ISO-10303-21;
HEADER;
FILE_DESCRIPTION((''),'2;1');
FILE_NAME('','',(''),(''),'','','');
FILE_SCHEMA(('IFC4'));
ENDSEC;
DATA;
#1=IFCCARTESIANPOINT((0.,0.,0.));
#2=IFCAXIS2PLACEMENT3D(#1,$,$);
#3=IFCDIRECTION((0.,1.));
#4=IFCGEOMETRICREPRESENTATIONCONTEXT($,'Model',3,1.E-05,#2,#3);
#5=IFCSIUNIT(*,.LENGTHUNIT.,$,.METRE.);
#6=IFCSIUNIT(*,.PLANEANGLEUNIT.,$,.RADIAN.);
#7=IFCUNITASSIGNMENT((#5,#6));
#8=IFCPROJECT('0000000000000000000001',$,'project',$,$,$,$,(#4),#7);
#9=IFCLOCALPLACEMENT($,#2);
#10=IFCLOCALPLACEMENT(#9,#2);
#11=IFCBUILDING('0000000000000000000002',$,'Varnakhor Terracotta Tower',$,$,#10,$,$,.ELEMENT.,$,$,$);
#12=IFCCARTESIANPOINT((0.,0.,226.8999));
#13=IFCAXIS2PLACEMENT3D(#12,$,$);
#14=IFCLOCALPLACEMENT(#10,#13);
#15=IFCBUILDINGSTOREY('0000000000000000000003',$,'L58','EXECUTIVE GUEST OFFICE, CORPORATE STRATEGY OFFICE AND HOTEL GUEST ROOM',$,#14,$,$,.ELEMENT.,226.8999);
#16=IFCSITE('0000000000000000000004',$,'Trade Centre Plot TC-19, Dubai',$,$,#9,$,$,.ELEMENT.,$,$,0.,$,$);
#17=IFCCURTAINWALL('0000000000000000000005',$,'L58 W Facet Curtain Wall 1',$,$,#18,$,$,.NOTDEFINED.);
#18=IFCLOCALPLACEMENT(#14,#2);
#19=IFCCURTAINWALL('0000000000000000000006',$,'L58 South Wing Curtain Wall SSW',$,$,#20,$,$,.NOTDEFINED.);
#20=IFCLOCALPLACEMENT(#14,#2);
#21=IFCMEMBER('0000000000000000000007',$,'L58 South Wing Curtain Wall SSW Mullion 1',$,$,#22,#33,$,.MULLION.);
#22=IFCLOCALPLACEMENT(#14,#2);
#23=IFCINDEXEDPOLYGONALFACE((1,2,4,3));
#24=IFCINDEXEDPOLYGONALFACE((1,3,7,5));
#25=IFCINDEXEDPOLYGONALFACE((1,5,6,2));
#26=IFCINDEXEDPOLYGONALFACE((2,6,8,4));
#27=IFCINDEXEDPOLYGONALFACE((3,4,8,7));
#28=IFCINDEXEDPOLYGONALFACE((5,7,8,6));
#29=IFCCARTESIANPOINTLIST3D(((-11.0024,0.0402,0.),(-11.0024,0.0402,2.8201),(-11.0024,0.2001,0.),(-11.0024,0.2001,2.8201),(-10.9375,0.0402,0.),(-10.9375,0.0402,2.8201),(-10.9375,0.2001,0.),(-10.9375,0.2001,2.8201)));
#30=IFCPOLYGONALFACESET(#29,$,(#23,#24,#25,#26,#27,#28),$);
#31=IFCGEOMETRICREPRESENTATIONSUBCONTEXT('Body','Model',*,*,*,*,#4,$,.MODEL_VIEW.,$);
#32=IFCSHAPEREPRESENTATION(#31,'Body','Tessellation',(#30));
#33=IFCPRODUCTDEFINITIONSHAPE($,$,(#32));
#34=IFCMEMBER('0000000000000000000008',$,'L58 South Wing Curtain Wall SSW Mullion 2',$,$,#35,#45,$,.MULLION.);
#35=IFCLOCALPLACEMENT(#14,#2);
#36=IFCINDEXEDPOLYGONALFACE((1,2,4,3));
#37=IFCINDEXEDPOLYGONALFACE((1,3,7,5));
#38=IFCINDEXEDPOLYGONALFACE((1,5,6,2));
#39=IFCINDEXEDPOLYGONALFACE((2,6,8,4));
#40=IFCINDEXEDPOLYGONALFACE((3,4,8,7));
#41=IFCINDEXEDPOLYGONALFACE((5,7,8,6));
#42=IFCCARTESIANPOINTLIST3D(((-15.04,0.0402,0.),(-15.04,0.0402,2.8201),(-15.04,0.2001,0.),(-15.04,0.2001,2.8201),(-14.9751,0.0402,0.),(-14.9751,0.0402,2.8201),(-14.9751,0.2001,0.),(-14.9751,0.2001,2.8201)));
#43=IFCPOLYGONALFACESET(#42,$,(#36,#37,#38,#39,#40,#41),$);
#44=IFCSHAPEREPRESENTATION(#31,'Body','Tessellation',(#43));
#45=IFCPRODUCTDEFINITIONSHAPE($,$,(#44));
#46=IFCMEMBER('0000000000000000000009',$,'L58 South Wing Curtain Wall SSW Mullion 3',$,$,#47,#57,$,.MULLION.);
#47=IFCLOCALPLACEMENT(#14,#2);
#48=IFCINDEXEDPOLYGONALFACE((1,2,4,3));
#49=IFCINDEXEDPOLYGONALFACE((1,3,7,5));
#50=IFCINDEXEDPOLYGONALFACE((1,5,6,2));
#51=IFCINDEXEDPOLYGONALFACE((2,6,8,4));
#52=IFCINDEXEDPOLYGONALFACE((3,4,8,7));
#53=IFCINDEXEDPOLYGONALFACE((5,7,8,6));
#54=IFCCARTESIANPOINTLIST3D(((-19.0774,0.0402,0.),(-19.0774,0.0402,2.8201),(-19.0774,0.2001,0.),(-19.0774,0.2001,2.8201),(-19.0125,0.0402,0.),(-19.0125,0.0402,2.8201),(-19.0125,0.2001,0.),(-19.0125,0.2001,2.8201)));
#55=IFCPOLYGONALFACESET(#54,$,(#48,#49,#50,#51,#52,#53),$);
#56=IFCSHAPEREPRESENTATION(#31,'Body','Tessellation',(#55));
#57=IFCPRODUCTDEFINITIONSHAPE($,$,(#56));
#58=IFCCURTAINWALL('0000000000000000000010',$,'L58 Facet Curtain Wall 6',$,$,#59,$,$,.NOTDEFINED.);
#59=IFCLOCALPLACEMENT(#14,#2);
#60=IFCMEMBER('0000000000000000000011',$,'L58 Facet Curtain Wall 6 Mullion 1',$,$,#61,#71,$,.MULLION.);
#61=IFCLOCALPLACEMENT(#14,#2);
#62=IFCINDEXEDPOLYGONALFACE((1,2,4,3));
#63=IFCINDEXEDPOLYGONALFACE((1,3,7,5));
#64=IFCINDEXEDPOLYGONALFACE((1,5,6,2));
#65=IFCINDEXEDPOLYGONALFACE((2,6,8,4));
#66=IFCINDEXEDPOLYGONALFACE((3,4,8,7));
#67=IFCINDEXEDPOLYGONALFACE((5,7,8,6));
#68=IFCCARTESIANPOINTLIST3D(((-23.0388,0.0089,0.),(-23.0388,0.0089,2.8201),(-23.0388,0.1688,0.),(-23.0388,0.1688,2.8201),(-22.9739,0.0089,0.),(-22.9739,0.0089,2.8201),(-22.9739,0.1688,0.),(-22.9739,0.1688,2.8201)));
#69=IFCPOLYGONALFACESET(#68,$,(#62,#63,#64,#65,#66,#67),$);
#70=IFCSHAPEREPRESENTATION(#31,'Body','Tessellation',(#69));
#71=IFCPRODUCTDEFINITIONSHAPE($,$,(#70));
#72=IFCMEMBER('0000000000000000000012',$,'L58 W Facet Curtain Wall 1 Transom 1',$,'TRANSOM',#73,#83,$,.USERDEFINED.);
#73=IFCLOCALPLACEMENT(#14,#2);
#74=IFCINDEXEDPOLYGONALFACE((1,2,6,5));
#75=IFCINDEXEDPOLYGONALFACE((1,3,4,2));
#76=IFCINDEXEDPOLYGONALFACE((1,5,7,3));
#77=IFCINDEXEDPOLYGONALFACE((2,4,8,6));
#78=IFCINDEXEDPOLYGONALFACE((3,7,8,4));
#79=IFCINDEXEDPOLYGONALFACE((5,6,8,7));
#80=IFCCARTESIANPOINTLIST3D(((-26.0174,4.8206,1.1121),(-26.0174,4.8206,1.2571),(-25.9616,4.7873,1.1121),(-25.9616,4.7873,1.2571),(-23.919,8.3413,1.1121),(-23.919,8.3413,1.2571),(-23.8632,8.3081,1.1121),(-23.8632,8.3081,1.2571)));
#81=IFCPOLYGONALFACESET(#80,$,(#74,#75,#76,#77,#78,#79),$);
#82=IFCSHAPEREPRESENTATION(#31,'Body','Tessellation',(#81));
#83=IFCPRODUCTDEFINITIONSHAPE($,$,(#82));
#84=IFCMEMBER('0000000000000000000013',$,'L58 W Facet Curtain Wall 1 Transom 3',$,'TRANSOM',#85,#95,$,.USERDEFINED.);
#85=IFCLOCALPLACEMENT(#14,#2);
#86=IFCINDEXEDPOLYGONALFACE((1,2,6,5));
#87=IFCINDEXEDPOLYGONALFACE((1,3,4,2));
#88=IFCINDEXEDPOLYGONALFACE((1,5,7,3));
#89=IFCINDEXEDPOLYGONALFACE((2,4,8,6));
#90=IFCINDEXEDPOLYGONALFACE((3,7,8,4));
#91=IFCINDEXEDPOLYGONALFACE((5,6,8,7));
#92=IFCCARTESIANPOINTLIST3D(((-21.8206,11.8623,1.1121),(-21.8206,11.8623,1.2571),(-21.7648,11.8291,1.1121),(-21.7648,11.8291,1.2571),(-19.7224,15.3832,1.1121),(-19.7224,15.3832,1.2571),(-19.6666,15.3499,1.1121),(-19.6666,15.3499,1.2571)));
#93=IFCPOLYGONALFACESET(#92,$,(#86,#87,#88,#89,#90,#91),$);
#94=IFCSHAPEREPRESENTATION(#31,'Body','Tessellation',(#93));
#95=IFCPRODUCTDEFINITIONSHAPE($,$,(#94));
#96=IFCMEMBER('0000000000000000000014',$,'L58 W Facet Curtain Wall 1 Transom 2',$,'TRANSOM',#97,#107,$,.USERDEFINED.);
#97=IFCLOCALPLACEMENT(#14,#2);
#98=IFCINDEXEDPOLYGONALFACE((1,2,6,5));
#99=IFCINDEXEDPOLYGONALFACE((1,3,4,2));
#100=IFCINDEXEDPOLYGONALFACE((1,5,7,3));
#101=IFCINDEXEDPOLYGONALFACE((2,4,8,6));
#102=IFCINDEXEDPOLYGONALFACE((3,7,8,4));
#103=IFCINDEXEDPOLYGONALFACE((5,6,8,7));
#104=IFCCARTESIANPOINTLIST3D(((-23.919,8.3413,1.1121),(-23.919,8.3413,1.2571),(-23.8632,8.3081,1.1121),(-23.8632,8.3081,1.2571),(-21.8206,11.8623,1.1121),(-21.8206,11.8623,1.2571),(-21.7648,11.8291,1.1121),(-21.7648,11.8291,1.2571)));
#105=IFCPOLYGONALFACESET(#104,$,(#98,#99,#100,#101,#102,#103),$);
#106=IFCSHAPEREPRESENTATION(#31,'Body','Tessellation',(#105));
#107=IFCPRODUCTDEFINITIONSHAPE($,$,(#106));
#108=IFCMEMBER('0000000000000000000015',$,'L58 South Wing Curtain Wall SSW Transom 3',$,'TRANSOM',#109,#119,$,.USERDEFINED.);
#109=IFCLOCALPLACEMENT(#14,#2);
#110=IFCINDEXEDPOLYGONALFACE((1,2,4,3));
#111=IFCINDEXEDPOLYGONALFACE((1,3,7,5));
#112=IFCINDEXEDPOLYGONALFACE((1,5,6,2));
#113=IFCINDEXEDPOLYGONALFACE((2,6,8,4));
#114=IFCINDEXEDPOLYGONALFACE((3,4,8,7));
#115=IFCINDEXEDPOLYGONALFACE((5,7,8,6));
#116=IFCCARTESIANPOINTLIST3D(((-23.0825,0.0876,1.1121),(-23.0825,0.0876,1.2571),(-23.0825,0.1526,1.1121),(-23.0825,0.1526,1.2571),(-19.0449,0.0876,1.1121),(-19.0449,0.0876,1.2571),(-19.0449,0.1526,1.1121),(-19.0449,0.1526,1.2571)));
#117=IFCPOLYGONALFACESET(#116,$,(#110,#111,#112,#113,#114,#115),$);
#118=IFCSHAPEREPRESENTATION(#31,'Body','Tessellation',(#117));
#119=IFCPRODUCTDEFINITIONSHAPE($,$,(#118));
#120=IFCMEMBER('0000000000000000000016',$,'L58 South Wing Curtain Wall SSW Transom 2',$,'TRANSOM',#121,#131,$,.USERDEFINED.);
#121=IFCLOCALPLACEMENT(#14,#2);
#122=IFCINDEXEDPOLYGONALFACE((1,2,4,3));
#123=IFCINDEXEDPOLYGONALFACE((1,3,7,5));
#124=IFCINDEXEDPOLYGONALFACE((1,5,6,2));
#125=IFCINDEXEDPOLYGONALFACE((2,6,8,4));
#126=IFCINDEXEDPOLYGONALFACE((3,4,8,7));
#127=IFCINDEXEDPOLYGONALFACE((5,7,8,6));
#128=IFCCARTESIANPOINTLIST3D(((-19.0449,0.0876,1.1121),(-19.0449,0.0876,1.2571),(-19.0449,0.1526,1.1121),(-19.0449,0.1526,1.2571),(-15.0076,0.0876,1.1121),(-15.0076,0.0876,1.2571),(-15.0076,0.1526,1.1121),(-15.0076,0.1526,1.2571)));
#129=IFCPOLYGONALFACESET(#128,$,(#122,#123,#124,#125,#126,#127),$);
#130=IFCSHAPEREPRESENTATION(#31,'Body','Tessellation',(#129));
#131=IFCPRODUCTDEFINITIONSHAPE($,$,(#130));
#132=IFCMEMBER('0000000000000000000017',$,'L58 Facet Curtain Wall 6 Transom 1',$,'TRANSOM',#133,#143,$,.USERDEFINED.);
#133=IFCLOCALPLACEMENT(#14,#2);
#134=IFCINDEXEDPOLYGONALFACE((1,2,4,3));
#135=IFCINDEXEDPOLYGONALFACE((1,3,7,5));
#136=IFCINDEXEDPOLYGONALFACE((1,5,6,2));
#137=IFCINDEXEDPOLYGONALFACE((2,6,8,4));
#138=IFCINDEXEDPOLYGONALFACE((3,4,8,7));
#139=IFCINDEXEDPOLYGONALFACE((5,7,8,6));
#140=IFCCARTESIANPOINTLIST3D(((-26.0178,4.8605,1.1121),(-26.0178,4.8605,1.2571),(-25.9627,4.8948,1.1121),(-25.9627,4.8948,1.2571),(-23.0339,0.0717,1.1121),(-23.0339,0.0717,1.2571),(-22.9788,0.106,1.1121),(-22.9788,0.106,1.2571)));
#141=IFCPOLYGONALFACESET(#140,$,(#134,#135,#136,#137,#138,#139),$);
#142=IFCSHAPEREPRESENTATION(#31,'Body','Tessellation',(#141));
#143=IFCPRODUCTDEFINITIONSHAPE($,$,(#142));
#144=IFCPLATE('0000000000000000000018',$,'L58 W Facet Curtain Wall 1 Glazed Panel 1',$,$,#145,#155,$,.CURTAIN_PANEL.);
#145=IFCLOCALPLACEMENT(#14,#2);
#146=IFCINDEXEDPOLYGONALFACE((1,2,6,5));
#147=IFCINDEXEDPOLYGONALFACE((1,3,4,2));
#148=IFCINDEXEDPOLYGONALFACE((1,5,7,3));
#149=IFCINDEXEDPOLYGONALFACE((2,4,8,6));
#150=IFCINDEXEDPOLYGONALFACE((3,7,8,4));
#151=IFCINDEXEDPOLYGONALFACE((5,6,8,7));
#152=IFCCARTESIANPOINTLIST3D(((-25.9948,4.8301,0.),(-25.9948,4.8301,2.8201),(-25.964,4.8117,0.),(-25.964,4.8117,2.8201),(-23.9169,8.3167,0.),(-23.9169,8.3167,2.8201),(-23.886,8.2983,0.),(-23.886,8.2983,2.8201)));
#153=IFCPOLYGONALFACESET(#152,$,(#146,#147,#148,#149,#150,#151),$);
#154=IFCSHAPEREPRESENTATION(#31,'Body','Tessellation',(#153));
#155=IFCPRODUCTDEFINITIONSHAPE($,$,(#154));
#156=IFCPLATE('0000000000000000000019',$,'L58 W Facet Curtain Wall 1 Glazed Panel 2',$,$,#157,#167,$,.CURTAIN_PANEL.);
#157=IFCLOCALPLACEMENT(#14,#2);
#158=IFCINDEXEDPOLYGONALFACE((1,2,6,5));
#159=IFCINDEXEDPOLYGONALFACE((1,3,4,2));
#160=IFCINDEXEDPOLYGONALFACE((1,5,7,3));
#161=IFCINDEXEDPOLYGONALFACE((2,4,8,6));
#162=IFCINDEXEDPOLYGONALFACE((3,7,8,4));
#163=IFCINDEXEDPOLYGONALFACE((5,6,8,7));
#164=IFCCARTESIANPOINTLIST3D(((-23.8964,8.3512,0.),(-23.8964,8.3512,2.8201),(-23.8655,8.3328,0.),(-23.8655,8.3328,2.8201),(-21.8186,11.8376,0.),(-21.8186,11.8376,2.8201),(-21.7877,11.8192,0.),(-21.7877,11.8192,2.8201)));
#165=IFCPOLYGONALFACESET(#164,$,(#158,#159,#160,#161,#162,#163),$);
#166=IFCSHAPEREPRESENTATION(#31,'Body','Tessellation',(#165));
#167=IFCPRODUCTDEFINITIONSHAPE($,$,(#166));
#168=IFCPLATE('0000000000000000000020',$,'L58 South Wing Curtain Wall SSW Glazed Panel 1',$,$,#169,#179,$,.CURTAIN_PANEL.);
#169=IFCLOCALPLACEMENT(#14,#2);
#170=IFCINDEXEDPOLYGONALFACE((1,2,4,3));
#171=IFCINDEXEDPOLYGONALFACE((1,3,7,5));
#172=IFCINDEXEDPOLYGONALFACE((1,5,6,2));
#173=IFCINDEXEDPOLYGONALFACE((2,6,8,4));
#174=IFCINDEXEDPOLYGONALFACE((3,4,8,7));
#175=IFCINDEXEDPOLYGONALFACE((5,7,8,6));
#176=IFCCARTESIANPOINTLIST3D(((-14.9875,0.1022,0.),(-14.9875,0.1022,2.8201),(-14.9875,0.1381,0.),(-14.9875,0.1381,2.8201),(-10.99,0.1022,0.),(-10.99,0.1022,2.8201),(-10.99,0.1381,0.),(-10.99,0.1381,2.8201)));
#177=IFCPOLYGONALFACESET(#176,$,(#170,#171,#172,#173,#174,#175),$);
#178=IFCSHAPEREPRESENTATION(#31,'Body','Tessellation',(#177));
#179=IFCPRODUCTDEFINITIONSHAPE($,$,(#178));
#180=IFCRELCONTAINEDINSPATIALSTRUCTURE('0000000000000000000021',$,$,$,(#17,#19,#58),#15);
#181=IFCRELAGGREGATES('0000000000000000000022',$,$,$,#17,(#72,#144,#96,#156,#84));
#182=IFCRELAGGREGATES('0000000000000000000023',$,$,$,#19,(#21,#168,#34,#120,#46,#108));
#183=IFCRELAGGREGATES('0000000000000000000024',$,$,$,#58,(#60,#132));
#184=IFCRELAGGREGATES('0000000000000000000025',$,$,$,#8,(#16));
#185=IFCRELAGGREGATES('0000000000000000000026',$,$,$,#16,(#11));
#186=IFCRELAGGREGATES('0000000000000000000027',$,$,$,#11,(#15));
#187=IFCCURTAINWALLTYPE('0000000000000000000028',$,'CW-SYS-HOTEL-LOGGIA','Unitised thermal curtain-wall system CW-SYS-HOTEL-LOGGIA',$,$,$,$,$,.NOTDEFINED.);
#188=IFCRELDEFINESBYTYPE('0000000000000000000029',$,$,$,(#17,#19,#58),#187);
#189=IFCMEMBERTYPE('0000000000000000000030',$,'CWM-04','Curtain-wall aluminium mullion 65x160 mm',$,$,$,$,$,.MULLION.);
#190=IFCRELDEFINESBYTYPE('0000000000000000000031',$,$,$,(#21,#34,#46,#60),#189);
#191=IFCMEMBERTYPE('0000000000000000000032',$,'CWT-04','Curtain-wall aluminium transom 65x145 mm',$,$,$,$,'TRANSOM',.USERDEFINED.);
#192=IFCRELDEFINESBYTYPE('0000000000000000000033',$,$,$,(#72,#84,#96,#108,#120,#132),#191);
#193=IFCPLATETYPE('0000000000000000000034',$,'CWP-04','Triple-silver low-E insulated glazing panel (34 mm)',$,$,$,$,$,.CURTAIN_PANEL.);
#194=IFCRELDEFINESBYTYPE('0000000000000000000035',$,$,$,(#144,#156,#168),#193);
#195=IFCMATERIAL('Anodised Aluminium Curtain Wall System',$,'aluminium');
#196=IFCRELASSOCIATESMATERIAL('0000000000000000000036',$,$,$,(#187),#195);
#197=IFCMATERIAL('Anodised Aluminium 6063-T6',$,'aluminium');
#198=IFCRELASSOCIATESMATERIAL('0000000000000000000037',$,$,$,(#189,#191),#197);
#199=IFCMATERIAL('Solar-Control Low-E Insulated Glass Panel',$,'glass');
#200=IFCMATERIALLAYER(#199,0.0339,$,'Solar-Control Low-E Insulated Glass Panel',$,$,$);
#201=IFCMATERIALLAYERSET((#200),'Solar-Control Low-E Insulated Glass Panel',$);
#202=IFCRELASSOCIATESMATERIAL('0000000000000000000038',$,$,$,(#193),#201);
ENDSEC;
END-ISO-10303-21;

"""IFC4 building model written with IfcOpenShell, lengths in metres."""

from ifc_helpers import new_model, si_unit, direction, frame, origin, origin_2d, place, context, subcontext, project, spatial, rectangle, extrude, source, transform, mapped, material, layer, layer_set, material_profile, profile_set, type_object, type_shapes, element, aggregate, save


model = new_model("IFC4")

# Units and contexts
model_context = context("Model", 3, precision=1e-05, world=origin(), true_north=direction((0.0, 1.0)))
body_context = subcontext(model_context, "Body", "Model", "MODEL_VIEW")
ifc_project = project(units=[si_unit("LENGTHUNIT", "METRE"), si_unit("PLANEANGLEUNIT", "RADIAN")], contexts=[model_context])

# Site, building, storey
site_placement = place(None, origin())
site = spatial("IfcSite", under=ifc_project, at=site_placement, Name="Trade Centre Plot TC-19, Dubai", CompositionType="ELEMENT", RefElevation=0.0)
building_placement = place(site_placement, origin())
building = spatial("IfcBuilding", under=site, at=building_placement, Name="Varnakhor Terracotta Tower", CompositionType="ELEMENT")
storey_placement = place(building_placement, frame((0.0, 0.0, 226.8999)))
storey = spatial("IfcBuildingStorey", under=building, at=storey_placement, Name="L58", Description="EXECUTIVE GUEST OFFICE, CORPORATE STRATEGY OFFICE AND HOTEL GUEST ROOM", CompositionType="ELEMENT", Elevation=226.8999)

# Curtain walls, members
ifc_material_1 = material(Name="Anodised Aluminium Curtain Wall System", Category="aluminium")
curtain_wall_type = type_object("IfcCurtainWallType", Name="CW-SYS-HOTEL-LOGGIA", Description="Unitised thermal curtain-wall system CW-SYS-HOTEL-LOGGIA", PredefinedType="NOTDEFINED", material=ifc_material_1)
curtain_wall_1_placement = place(storey_placement, origin())
curtain_wall_1 = element("IfcCurtainWall", 1, at=curtain_wall_1_placement, inside=storey, type_object=curtain_wall_type, Name="L58 W Facet Curtain Wall 1", PredefinedType="NOTDEFINED")
ifc_material_2 = material(Name="Anodised Aluminium 6063-T6", Category="aluminium")
ifc_material_profile_1 = material_profile(ifc_material_2, rectangle(XDim=0.0649, YDim=0.1599, at=origin_2d()), Name="ALU MULLION 65x160")
ifc_profile_set_1 = profile_set([ifc_material_profile_1], Name="Anodised Aluminium 6063-T6")
member_type_1 = type_object("IfcMemberType", Name="CWM-04", Description="Curtain-wall aluminium mullion 65x160 mm", PredefinedType="MULLION", material=ifc_profile_set_1)
shared_shape_1 = source(origin(), body_context, "Body", "SweptSolid", [
    extrude(rectangle(XDim=0.0649, YDim=0.1599, at=origin_2d()), origin(), (0.0, 0.0, 1.0), 2.8201),
])
type_shapes(member_type_1, [shared_shape_1])
curtain_wall_2_placement = place(storey_placement, origin())
curtain_wall_2 = element("IfcCurtainWall", 2, at=curtain_wall_2_placement, inside=storey, type_object=curtain_wall_type, Name="L58 South Wing Curtain Wall SSW", PredefinedType="NOTDEFINED")
member_1_placement = place(storey_placement, frame((-10.97, 0.1201, 0.0), z_axis=(0.0, 0.0, 1.0), x_axis=(1.0, 0.0, 0.0)))
member_1 = element("IfcMember", 3, at=member_1_placement, type_object=member_type_1, Name="L58 South Wing Curtain Wall SSW Mullion 1", PredefinedType="MULLION", context=body_context, shape_type="MappedRepresentation", body=[
    mapped(shared_shape_1, transform((0.0, 0.0, 0.0), scale=1.0)),
])
member_2_placement = place(storey_placement, frame((-15.0076, 0.1201, 0.0), z_axis=(0.0, 0.0, 1.0), x_axis=(1.0, 0.0, 0.0)))
member_2 = element("IfcMember", 4, at=member_2_placement, type_object=member_type_1, Name="L58 South Wing Curtain Wall SSW Mullion 2", PredefinedType="MULLION", context=body_context, shape_type="MappedRepresentation", body=[
    mapped(shared_shape_1, transform((0.0, 0.0, 0.0), scale=1.0)),
])
member_3_placement = place(storey_placement, frame((-19.0449, 0.1201, 0.0), z_axis=(0.0, 0.0, 1.0), x_axis=(1.0, 0.0, 0.0)))
member_3 = element("IfcMember", 5, at=member_3_placement, type_object=member_type_1, Name="L58 South Wing Curtain Wall SSW Mullion 3", PredefinedType="MULLION", context=body_context, shape_type="MappedRepresentation", body=[
    mapped(shared_shape_1, transform((0.0, 0.0, 0.0), scale=1.0)),
])

# Curtain wall, member
curtain_wall_3_placement = place(storey_placement, origin())
curtain_wall_3 = element("IfcCurtainWall", 6, at=curtain_wall_3_placement, inside=storey, type_object=curtain_wall_type, Name="L58 Facet Curtain Wall 6", PredefinedType="NOTDEFINED")
member_4_placement = place(storey_placement, frame((-23.0063, 0.0889, 0.0), z_axis=(0.0, 0.0, 1.0), x_axis=(1.0, 0.0, 0.0)))
member_4 = element("IfcMember", 7, at=member_4_placement, type_object=member_type_1, Name="L58 Facet Curtain Wall 6 Mullion 1", PredefinedType="MULLION", context=body_context, shape_type="MappedRepresentation", body=[
    mapped(shared_shape_1, transform((0.0, 0.0, 0.0), scale=1.0)),
])

# Members
ifc_material_profile_2 = material_profile(ifc_material_2, rectangle(XDim=0.0649, YDim=0.145, at=origin_2d()), Name="ALU TRANSOM 65x145")
ifc_profile_set_2 = profile_set([ifc_material_profile_2], Name="Anodised Aluminium 6063-T6")
member_type_2 = type_object("IfcMemberType", Name="CWT-04", Description="Curtain-wall aluminium transom 65x145 mm", ElementType="TRANSOM", PredefinedType="USERDEFINED", material=ifc_profile_set_2)
shared_shape_2 = source(origin(), body_context, "Body", "SweptSolid", [
    extrude(rectangle(XDim=0.0649, YDim=0.145, at=origin_2d()), origin(), (0.0, 0.0, 1.0), 4.0986),
])
member_5_placement = place(storey_placement, frame((-25.9895, 4.804, 1.1846), z_axis=(0.511971, 0.859003, 0.0), x_axis=(-0.859003, 0.511971, 0.0)))
member_5 = element("IfcMember", 8, at=member_5_placement, type_object=member_type_2, Name="L58 W Facet Curtain Wall 1 Transom 1", ObjectType="TRANSOM", PredefinedType="USERDEFINED", context=body_context, shape_type="MappedRepresentation", body=[
    mapped(shared_shape_2, transform((0.0, 0.0, 0.0), scale=1.0)),
])
member_6_placement = place(storey_placement, frame((-21.7927, 11.8457, 1.1846), z_axis=(0.511927, 0.859029, 0.0), x_axis=(-0.859029, 0.511927, 0.0)))
member_6 = element("IfcMember", 9, at=member_6_placement, type_object=member_type_2, Name="L58 W Facet Curtain Wall 1 Transom 3", ObjectType="TRANSOM", PredefinedType="USERDEFINED", context=body_context, shape_type="MappedRepresentation", body=[
    mapped(shared_shape_2, transform((0.0, 0.0, 0.0), scale=1.0)),
])
shared_shape_3 = source(origin(), body_context, "Body", "SweptSolid", [
    extrude(rectangle(XDim=0.0649, YDim=0.145, at=origin_2d()), origin(), (0.0, 0.0, 1.0), 4.0989),
])
member_7_placement = place(storey_placement, frame((-23.8911, 8.3247, 1.1846), z_axis=(0.511945, 0.859019, 0.0), x_axis=(-0.859019, 0.511945, 0.0)))
member_7 = element("IfcMember", 10, at=member_7_placement, type_object=member_type_2, Name="L58 W Facet Curtain Wall 1 Transom 2", ObjectType="TRANSOM", PredefinedType="USERDEFINED", context=body_context, shape_type="MappedRepresentation", body=[
    mapped(shared_shape_3, transform((0.0, 0.0, 0.0), scale=1.0)),
])
shared_shape_4 = source(origin(), body_context, "Body", "SweptSolid", [
    extrude(rectangle(XDim=0.0649, YDim=0.145, at=origin_2d()), origin(), (0.0, 0.0, 1.0), 4.0376),
])
member_8_placement = place(storey_placement, frame((-19.0449, 0.1201, 1.1846), z_axis=(-1.0, 0.0, 0.0), x_axis=(0.0, -1.0, 0.0)))
member_8 = element("IfcMember", 11, at=member_8_placement, type_object=member_type_2, Name="L58 South Wing Curtain Wall SSW Transom 3", ObjectType="TRANSOM", PredefinedType="USERDEFINED", context=body_context, shape_type="MappedRepresentation", body=[
    mapped(shared_shape_4, transform((0.0, 0.0, 0.0), scale=1.0)),
])
shared_shape_5 = source(origin(), body_context, "Body", "SweptSolid", [
    extrude(rectangle(XDim=0.0649, YDim=0.145, at=origin_2d()), origin(), (0.0, 0.0, 1.0), 4.0374),
])
member_9_placement = place(storey_placement, frame((-15.0076, 0.1201, 1.1846), z_axis=(-1.0, 0.0, 0.0), x_axis=(0.0, -1.0, 0.0)))
member_9 = element("IfcMember", 12, at=member_9_placement, type_object=member_type_2, Name="L58 South Wing Curtain Wall SSW Transom 2", ObjectType="TRANSOM", PredefinedType="USERDEFINED", context=body_context, shape_type="MappedRepresentation", body=[
    mapped(shared_shape_5, transform((0.0, 0.0, 0.0), scale=1.0)),
])
shared_shape_6 = source(origin(), body_context, "Body", "SweptSolid", [
    extrude(rectangle(XDim=0.0649, YDim=0.145, at=origin_2d()), origin(), (0.0, 0.0, 1.0), 5.6423),
])
member_10_placement = place(storey_placement, frame((-23.0063, 0.0889, 1.1846), z_axis=(-0.528836, 0.848724, 0.0), x_axis=(-0.848724, -0.528836, 0.0)))
member_10 = element("IfcMember", 13, at=member_10_placement, type_object=member_type_2, Name="L58 Facet Curtain Wall 6 Transom 1", ObjectType="TRANSOM", PredefinedType="USERDEFINED", context=body_context, shape_type="MappedRepresentation", body=[
    mapped(shared_shape_6, transform((0.0, 0.0, 0.0), scale=1.0)),
])

# Plates
ifc_material_3 = material(Name="Solar-Control Low-E Insulated Glass Panel", Category="glass")
ifc_layer_1 = layer(ifc_material_3, 0.0339, Name="Solar-Control Low-E Insulated Glass Panel")
ifc_layer_set_1 = layer_set([ifc_layer_1], Name="Solar-Control Low-E Insulated Glass Panel")
plate_type = type_object("IfcPlateType", Name="CWP-04", Description="Triple-silver low-E insulated glazing panel (34 mm)", PredefinedType="CURTAIN_PANEL", material=ifc_layer_set_1)
shared_shape_7 = source(origin(), body_context, "Body", "SweptSolid", [
    extrude(rectangle(XDim=4.0588, YDim=0.0359, at=origin_2d()), origin(), (0.0, 0.0, 1.0), 2.8201),
])
plate_1_placement = place(storey_placement, frame((-24.9404, 6.5642, 0.0), z_axis=(0.0, 0.0, 1.0), x_axis=(0.511953, 0.859014, 0.0)))
plate_1 = element("IfcPlate", 14, at=plate_1_placement, type_object=plate_type, Name="L58 W Facet Curtain Wall 1 Glazed Panel 1", PredefinedType="CURTAIN_PANEL", context=body_context, shape_type="MappedRepresentation", body=[
    mapped(shared_shape_7, transform((0.0, 0.0, 0.0), scale=1.0)),
])
shared_shape_8 = source(origin(), body_context, "Body", "SweptSolid", [
    extrude(rectangle(XDim=4.0586, YDim=0.0359, at=origin_2d()), origin(), (0.0, 0.0, 1.0), 2.8201),
])
plate_2_placement = place(storey_placement, frame((-22.842, 10.0852, 0.0), z_axis=(0.0, 0.0, 1.0), x_axis=(0.511953, 0.859014, 0.0)))
plate_2 = element("IfcPlate", 15, at=plate_2_placement, type_object=plate_type, Name="L58 W Facet Curtain Wall 1 Glazed Panel 2", PredefinedType="CURTAIN_PANEL", context=body_context, shape_type="MappedRepresentation", body=[
    mapped(shared_shape_8, transform((0.0, 0.0, 0.0), scale=1.0)),
])
aggregate(curtain_wall_1, [member_5, plate_1, member_7, plate_2, member_6])
shared_shape_9 = source(origin(), body_context, "Body", "SweptSolid", [
    extrude(rectangle(XDim=3.9976, YDim=0.0359, at=origin_2d()), origin(), (0.0, 0.0, 1.0), 2.8201),
])
plate_3_placement = place(storey_placement, frame((-12.9888, 0.1201, 0.0), z_axis=(0.0, 0.0, 1.0), x_axis=(-1.0, 0.0, 0.0)))
plate_3 = element("IfcPlate", 16, at=plate_3_placement, type_object=plate_type, Name="L58 South Wing Curtain Wall SSW Glazed Panel 1", PredefinedType="CURTAIN_PANEL", context=body_context, shape_type="MappedRepresentation", body=[
    mapped(shared_shape_9, transform((0.0, 0.0, 0.0), scale=1.0)),
])
aggregate(curtain_wall_2, [member_1, plate_3, member_2, member_9, member_3, member_8])
aggregate(curtain_wall_3, [member_4, member_10])

save(model, "model.ifc")
